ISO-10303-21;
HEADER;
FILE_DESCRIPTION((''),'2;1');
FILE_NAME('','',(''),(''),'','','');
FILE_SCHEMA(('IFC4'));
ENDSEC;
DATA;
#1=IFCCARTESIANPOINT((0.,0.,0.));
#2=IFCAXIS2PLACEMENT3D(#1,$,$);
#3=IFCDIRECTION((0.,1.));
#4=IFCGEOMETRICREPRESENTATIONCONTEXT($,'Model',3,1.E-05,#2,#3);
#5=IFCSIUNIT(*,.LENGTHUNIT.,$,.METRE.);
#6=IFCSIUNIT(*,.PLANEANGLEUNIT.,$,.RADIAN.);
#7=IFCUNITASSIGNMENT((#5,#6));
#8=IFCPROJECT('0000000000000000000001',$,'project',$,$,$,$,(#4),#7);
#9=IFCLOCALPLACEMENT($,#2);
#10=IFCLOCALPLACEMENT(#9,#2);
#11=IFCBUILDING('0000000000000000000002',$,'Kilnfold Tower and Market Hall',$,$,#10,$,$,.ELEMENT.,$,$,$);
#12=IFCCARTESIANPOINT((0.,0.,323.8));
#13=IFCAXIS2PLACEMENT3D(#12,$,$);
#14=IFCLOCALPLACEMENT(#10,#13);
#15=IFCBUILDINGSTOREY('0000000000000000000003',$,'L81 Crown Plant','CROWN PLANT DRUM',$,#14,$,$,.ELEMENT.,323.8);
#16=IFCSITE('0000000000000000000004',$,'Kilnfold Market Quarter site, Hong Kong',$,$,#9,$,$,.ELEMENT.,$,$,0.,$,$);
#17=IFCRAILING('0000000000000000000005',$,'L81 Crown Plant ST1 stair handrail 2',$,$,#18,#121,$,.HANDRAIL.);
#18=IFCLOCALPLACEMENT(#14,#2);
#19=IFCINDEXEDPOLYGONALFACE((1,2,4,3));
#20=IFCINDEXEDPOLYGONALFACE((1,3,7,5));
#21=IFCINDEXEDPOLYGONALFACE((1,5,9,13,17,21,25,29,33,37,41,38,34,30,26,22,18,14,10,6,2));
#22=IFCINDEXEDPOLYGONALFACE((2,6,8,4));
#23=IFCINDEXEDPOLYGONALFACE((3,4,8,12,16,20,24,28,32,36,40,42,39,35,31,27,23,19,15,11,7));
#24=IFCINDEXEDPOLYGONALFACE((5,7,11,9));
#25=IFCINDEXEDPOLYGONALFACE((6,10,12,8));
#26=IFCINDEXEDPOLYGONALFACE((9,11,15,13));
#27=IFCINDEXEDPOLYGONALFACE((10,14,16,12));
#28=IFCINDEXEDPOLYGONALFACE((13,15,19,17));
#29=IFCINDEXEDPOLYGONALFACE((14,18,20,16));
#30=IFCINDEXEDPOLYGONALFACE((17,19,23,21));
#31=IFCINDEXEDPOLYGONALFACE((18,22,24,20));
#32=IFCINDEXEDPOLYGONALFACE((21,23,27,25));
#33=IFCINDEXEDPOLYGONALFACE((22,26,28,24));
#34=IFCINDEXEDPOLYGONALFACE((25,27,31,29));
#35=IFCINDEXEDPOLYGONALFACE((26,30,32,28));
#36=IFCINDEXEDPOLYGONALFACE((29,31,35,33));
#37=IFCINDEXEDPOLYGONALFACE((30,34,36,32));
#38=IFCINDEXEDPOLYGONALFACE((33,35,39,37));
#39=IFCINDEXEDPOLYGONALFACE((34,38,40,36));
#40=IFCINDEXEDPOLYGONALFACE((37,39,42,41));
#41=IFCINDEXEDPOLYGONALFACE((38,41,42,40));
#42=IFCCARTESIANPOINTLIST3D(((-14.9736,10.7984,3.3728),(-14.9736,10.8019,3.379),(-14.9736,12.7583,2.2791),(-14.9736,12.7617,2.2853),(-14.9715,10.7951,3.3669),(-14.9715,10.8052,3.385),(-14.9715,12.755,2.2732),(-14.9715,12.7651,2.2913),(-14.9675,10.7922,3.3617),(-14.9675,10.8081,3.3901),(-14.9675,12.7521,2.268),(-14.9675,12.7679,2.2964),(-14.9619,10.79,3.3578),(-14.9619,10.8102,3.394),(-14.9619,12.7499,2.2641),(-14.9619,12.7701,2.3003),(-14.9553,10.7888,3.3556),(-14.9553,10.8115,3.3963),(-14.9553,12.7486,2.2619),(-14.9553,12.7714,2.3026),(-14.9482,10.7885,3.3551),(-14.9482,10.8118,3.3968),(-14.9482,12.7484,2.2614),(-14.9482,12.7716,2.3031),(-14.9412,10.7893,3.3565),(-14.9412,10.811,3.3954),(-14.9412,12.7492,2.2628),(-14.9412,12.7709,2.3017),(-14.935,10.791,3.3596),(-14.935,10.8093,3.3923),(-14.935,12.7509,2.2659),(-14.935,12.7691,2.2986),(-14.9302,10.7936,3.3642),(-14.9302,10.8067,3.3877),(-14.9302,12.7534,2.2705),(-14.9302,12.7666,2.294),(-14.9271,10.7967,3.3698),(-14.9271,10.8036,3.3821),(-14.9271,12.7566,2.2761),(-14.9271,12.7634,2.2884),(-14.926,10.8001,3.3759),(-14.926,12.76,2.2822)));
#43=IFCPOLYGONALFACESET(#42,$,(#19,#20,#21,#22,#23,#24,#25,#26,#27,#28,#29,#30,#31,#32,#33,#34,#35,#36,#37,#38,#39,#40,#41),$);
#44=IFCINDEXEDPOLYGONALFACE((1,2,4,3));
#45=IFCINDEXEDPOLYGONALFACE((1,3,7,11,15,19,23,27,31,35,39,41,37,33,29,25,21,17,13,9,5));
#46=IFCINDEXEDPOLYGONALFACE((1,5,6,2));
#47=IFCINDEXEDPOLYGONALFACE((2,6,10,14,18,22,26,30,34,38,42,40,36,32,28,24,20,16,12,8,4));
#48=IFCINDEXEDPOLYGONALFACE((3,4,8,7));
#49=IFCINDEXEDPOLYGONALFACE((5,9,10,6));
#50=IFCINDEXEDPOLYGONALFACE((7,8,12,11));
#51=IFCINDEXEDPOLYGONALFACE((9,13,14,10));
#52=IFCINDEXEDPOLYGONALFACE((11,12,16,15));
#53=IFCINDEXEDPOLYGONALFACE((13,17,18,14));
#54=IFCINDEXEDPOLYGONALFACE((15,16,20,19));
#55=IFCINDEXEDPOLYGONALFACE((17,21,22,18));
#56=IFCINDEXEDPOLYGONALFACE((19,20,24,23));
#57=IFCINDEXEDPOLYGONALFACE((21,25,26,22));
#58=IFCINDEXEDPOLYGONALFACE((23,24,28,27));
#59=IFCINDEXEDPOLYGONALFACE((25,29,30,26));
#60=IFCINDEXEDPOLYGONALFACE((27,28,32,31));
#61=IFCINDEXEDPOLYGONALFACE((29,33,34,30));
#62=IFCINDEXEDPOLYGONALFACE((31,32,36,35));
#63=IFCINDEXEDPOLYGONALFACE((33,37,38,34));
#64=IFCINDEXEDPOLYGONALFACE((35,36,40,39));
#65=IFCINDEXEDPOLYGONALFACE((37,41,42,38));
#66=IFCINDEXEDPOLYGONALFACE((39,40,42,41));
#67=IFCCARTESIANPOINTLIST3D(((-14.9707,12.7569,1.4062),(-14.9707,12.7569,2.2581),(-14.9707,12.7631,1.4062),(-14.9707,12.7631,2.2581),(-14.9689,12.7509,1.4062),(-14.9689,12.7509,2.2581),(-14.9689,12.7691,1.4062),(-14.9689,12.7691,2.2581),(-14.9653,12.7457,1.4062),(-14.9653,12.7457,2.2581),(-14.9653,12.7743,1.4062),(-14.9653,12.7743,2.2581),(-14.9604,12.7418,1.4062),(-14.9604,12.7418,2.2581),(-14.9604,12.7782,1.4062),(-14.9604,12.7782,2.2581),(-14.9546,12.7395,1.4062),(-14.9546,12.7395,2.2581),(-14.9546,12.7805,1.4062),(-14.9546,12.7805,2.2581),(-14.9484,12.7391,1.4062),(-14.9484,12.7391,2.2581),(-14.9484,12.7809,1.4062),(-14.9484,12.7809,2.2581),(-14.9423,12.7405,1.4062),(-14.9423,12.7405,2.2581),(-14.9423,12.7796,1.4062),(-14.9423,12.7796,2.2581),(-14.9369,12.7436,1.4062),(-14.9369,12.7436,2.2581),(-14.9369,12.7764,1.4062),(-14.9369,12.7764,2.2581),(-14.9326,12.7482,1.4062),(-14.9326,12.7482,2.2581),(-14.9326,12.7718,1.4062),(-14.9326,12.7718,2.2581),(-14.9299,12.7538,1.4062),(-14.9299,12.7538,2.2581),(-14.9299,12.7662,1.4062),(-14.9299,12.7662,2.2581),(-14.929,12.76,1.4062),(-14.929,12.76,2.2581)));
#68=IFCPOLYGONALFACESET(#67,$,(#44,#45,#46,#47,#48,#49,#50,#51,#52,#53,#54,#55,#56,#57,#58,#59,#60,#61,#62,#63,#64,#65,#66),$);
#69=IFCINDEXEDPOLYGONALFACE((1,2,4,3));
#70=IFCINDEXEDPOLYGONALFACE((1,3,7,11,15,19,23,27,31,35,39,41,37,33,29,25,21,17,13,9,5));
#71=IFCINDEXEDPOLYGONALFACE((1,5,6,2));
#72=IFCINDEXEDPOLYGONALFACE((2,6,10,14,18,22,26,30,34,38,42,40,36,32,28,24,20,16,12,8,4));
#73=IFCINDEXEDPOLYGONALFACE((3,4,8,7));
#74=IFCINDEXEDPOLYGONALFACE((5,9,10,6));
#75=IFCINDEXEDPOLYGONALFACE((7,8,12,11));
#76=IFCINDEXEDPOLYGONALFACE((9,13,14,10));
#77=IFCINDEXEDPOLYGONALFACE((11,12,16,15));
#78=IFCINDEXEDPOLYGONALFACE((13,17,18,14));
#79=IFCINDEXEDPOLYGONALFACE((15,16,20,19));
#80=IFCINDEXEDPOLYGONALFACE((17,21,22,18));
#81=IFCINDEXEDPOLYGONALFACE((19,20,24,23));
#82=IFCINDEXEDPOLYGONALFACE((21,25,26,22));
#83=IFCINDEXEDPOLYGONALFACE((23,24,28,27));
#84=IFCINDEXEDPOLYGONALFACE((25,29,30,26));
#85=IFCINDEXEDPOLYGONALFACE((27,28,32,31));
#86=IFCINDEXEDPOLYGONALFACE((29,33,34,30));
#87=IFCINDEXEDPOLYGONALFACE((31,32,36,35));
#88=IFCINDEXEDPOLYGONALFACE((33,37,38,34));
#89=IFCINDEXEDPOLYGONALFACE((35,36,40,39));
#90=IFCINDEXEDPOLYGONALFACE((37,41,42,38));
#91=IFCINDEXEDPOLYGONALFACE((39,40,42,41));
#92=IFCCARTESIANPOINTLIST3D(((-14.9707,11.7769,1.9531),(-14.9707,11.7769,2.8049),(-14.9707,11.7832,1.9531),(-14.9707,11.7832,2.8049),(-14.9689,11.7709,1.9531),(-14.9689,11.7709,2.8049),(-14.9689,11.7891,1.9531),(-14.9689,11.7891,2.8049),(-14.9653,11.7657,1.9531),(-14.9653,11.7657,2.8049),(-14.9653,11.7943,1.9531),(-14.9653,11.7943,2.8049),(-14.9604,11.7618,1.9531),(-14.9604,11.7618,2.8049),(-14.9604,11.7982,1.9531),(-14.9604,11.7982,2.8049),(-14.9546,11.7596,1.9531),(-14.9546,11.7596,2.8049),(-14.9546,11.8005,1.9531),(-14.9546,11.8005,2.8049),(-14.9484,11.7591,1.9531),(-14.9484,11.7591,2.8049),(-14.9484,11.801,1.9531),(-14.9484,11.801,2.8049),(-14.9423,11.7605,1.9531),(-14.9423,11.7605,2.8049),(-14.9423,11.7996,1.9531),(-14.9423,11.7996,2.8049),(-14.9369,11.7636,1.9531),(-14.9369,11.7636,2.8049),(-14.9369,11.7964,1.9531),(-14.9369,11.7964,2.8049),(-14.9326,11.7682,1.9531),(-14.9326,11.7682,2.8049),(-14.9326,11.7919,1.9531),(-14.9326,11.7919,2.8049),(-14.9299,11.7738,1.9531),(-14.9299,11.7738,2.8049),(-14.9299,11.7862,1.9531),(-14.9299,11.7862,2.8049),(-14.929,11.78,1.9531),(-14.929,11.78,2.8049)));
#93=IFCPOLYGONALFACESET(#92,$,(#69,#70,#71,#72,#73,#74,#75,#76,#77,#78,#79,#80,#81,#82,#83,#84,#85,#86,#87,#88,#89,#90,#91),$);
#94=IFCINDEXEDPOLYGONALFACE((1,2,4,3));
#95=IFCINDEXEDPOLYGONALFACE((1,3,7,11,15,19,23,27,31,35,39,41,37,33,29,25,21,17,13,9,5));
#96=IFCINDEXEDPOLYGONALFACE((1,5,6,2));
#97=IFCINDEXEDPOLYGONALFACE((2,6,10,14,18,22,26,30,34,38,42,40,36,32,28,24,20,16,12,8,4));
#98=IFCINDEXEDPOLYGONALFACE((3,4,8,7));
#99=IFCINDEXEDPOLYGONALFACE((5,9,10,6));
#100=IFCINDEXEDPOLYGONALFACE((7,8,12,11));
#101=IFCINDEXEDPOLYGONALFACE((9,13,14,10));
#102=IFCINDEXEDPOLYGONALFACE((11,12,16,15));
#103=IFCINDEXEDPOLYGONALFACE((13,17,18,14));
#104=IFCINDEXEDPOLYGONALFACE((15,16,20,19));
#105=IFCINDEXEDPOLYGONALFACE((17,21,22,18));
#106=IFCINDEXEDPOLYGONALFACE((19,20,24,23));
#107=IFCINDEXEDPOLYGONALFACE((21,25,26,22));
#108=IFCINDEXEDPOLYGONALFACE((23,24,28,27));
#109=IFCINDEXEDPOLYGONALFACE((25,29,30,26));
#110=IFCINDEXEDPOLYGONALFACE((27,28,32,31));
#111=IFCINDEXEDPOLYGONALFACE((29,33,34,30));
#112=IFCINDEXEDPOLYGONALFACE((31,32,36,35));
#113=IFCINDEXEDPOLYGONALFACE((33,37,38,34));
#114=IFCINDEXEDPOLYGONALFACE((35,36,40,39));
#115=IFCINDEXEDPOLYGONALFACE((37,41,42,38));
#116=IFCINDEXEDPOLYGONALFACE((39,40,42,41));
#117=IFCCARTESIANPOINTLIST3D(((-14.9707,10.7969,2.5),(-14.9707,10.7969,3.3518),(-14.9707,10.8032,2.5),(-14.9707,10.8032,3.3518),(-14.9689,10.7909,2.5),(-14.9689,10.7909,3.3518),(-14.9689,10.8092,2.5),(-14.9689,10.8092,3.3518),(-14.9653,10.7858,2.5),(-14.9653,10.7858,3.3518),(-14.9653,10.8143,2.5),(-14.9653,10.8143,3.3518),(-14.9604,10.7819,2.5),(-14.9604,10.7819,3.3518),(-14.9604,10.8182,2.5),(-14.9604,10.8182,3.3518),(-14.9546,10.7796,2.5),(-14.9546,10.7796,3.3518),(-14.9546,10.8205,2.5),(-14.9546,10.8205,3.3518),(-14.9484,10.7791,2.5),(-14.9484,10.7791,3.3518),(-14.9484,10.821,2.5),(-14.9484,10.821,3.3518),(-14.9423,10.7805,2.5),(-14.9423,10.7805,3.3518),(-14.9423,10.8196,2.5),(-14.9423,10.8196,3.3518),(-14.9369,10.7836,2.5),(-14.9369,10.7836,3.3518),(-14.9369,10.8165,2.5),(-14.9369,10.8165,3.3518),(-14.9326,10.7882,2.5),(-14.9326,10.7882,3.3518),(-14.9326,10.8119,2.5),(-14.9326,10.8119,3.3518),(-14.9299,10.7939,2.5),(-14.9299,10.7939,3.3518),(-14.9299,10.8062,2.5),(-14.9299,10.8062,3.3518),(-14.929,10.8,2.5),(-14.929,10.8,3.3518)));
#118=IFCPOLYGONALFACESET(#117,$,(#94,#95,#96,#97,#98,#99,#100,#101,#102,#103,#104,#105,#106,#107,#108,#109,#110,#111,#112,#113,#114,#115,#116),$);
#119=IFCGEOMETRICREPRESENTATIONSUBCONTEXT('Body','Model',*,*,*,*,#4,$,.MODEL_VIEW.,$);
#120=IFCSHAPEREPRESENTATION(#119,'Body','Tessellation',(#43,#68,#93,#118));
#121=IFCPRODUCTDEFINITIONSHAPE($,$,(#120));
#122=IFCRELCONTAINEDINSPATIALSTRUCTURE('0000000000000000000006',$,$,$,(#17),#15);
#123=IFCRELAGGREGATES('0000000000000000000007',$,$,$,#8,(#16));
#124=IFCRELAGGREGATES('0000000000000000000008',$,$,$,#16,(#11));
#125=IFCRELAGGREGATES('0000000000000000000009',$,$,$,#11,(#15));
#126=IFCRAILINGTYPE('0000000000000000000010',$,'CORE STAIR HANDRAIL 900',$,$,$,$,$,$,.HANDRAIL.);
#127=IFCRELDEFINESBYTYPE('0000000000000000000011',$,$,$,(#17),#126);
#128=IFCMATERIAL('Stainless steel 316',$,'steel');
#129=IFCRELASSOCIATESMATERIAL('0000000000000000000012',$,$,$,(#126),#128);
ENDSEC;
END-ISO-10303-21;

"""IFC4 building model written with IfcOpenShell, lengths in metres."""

from ifc_helpers import new_model, si_unit, direction, frame, origin, origin_2d, place, context, subcontext, project, spatial, circle, extrude, material, type_object, element, save


model = new_model("IFC4")

# Units and contexts
model_context = context("Model", 3, precision=1e-05, world=origin(), true_north=direction((0.0, 1.0)))
body_context = subcontext(model_context, "Body", "Model", "MODEL_VIEW")
ifc_project = project(units=[si_unit("LENGTHUNIT", "METRE"), si_unit("PLANEANGLEUNIT", "RADIAN")], contexts=[model_context])

# Site, building, storey
site_placement = place(None, origin())
site = spatial("IfcSite", under=ifc_project, at=site_placement, Name="Kilnfold Market Quarter site, Hong Kong", CompositionType="ELEMENT", RefElevation=0.0)
building_placement = place(site_placement, origin())
building = spatial("IfcBuilding", under=site, at=building_placement, Name="Kilnfold Tower and Market Hall", CompositionType="ELEMENT")
storey_placement = place(building_placement, frame((0.0, 0.0, 323.8)))
storey = spatial("IfcBuildingStorey", under=building, at=storey_placement, Name="L81 Crown Plant", Description="CROWN PLANT DRUM", CompositionType="ELEMENT", Elevation=323.8)

# Railing
ifc_material_1 = material(Name="Stainless steel 316", Category="steel")
railing_type_1 = type_object("IfcRailingType", Name="CORE STAIR HANDRAIL 900", PredefinedType="HANDRAIL", material=ifc_material_1)
railing_1_placement = place(storey_placement, frame((-14.95, 12.76, 1.4062)))
element("IfcRailing", 1, at=railing_1_placement, inside=storey, type_object=railing_type_1, Name="L81 Crown Plant ST1 stair handrail 2", PredefinedType="HANDRAIL", context=body_context, shape_type="SweptSolid", body=[
    extrude(circle(Radius=0.0239, at=origin_2d()), frame((0.0, 0.0, 0.876), z_axis=(0.0, -0.873232, 0.487304), x_axis=(1.0, 0.0, 0.0)), (0.0, 0.0, 1.0), 2.2444),
    extrude(circle(Radius=0.021, at=origin_2d()), origin(), (0.0, 0.0, 1.0), 0.8518),
    extrude(circle(Radius=0.021, at=origin_2d()), frame((0.0, -0.98, 0.5469)), (0.0, 0.0, 1.0), 0.8518),
    extrude(circle(Radius=0.021, at=origin_2d()), frame((0.0, -1.96, 1.0938)), (0.0, 0.0, 1.0), 0.8518),
])

save(model, "model.ifc")
